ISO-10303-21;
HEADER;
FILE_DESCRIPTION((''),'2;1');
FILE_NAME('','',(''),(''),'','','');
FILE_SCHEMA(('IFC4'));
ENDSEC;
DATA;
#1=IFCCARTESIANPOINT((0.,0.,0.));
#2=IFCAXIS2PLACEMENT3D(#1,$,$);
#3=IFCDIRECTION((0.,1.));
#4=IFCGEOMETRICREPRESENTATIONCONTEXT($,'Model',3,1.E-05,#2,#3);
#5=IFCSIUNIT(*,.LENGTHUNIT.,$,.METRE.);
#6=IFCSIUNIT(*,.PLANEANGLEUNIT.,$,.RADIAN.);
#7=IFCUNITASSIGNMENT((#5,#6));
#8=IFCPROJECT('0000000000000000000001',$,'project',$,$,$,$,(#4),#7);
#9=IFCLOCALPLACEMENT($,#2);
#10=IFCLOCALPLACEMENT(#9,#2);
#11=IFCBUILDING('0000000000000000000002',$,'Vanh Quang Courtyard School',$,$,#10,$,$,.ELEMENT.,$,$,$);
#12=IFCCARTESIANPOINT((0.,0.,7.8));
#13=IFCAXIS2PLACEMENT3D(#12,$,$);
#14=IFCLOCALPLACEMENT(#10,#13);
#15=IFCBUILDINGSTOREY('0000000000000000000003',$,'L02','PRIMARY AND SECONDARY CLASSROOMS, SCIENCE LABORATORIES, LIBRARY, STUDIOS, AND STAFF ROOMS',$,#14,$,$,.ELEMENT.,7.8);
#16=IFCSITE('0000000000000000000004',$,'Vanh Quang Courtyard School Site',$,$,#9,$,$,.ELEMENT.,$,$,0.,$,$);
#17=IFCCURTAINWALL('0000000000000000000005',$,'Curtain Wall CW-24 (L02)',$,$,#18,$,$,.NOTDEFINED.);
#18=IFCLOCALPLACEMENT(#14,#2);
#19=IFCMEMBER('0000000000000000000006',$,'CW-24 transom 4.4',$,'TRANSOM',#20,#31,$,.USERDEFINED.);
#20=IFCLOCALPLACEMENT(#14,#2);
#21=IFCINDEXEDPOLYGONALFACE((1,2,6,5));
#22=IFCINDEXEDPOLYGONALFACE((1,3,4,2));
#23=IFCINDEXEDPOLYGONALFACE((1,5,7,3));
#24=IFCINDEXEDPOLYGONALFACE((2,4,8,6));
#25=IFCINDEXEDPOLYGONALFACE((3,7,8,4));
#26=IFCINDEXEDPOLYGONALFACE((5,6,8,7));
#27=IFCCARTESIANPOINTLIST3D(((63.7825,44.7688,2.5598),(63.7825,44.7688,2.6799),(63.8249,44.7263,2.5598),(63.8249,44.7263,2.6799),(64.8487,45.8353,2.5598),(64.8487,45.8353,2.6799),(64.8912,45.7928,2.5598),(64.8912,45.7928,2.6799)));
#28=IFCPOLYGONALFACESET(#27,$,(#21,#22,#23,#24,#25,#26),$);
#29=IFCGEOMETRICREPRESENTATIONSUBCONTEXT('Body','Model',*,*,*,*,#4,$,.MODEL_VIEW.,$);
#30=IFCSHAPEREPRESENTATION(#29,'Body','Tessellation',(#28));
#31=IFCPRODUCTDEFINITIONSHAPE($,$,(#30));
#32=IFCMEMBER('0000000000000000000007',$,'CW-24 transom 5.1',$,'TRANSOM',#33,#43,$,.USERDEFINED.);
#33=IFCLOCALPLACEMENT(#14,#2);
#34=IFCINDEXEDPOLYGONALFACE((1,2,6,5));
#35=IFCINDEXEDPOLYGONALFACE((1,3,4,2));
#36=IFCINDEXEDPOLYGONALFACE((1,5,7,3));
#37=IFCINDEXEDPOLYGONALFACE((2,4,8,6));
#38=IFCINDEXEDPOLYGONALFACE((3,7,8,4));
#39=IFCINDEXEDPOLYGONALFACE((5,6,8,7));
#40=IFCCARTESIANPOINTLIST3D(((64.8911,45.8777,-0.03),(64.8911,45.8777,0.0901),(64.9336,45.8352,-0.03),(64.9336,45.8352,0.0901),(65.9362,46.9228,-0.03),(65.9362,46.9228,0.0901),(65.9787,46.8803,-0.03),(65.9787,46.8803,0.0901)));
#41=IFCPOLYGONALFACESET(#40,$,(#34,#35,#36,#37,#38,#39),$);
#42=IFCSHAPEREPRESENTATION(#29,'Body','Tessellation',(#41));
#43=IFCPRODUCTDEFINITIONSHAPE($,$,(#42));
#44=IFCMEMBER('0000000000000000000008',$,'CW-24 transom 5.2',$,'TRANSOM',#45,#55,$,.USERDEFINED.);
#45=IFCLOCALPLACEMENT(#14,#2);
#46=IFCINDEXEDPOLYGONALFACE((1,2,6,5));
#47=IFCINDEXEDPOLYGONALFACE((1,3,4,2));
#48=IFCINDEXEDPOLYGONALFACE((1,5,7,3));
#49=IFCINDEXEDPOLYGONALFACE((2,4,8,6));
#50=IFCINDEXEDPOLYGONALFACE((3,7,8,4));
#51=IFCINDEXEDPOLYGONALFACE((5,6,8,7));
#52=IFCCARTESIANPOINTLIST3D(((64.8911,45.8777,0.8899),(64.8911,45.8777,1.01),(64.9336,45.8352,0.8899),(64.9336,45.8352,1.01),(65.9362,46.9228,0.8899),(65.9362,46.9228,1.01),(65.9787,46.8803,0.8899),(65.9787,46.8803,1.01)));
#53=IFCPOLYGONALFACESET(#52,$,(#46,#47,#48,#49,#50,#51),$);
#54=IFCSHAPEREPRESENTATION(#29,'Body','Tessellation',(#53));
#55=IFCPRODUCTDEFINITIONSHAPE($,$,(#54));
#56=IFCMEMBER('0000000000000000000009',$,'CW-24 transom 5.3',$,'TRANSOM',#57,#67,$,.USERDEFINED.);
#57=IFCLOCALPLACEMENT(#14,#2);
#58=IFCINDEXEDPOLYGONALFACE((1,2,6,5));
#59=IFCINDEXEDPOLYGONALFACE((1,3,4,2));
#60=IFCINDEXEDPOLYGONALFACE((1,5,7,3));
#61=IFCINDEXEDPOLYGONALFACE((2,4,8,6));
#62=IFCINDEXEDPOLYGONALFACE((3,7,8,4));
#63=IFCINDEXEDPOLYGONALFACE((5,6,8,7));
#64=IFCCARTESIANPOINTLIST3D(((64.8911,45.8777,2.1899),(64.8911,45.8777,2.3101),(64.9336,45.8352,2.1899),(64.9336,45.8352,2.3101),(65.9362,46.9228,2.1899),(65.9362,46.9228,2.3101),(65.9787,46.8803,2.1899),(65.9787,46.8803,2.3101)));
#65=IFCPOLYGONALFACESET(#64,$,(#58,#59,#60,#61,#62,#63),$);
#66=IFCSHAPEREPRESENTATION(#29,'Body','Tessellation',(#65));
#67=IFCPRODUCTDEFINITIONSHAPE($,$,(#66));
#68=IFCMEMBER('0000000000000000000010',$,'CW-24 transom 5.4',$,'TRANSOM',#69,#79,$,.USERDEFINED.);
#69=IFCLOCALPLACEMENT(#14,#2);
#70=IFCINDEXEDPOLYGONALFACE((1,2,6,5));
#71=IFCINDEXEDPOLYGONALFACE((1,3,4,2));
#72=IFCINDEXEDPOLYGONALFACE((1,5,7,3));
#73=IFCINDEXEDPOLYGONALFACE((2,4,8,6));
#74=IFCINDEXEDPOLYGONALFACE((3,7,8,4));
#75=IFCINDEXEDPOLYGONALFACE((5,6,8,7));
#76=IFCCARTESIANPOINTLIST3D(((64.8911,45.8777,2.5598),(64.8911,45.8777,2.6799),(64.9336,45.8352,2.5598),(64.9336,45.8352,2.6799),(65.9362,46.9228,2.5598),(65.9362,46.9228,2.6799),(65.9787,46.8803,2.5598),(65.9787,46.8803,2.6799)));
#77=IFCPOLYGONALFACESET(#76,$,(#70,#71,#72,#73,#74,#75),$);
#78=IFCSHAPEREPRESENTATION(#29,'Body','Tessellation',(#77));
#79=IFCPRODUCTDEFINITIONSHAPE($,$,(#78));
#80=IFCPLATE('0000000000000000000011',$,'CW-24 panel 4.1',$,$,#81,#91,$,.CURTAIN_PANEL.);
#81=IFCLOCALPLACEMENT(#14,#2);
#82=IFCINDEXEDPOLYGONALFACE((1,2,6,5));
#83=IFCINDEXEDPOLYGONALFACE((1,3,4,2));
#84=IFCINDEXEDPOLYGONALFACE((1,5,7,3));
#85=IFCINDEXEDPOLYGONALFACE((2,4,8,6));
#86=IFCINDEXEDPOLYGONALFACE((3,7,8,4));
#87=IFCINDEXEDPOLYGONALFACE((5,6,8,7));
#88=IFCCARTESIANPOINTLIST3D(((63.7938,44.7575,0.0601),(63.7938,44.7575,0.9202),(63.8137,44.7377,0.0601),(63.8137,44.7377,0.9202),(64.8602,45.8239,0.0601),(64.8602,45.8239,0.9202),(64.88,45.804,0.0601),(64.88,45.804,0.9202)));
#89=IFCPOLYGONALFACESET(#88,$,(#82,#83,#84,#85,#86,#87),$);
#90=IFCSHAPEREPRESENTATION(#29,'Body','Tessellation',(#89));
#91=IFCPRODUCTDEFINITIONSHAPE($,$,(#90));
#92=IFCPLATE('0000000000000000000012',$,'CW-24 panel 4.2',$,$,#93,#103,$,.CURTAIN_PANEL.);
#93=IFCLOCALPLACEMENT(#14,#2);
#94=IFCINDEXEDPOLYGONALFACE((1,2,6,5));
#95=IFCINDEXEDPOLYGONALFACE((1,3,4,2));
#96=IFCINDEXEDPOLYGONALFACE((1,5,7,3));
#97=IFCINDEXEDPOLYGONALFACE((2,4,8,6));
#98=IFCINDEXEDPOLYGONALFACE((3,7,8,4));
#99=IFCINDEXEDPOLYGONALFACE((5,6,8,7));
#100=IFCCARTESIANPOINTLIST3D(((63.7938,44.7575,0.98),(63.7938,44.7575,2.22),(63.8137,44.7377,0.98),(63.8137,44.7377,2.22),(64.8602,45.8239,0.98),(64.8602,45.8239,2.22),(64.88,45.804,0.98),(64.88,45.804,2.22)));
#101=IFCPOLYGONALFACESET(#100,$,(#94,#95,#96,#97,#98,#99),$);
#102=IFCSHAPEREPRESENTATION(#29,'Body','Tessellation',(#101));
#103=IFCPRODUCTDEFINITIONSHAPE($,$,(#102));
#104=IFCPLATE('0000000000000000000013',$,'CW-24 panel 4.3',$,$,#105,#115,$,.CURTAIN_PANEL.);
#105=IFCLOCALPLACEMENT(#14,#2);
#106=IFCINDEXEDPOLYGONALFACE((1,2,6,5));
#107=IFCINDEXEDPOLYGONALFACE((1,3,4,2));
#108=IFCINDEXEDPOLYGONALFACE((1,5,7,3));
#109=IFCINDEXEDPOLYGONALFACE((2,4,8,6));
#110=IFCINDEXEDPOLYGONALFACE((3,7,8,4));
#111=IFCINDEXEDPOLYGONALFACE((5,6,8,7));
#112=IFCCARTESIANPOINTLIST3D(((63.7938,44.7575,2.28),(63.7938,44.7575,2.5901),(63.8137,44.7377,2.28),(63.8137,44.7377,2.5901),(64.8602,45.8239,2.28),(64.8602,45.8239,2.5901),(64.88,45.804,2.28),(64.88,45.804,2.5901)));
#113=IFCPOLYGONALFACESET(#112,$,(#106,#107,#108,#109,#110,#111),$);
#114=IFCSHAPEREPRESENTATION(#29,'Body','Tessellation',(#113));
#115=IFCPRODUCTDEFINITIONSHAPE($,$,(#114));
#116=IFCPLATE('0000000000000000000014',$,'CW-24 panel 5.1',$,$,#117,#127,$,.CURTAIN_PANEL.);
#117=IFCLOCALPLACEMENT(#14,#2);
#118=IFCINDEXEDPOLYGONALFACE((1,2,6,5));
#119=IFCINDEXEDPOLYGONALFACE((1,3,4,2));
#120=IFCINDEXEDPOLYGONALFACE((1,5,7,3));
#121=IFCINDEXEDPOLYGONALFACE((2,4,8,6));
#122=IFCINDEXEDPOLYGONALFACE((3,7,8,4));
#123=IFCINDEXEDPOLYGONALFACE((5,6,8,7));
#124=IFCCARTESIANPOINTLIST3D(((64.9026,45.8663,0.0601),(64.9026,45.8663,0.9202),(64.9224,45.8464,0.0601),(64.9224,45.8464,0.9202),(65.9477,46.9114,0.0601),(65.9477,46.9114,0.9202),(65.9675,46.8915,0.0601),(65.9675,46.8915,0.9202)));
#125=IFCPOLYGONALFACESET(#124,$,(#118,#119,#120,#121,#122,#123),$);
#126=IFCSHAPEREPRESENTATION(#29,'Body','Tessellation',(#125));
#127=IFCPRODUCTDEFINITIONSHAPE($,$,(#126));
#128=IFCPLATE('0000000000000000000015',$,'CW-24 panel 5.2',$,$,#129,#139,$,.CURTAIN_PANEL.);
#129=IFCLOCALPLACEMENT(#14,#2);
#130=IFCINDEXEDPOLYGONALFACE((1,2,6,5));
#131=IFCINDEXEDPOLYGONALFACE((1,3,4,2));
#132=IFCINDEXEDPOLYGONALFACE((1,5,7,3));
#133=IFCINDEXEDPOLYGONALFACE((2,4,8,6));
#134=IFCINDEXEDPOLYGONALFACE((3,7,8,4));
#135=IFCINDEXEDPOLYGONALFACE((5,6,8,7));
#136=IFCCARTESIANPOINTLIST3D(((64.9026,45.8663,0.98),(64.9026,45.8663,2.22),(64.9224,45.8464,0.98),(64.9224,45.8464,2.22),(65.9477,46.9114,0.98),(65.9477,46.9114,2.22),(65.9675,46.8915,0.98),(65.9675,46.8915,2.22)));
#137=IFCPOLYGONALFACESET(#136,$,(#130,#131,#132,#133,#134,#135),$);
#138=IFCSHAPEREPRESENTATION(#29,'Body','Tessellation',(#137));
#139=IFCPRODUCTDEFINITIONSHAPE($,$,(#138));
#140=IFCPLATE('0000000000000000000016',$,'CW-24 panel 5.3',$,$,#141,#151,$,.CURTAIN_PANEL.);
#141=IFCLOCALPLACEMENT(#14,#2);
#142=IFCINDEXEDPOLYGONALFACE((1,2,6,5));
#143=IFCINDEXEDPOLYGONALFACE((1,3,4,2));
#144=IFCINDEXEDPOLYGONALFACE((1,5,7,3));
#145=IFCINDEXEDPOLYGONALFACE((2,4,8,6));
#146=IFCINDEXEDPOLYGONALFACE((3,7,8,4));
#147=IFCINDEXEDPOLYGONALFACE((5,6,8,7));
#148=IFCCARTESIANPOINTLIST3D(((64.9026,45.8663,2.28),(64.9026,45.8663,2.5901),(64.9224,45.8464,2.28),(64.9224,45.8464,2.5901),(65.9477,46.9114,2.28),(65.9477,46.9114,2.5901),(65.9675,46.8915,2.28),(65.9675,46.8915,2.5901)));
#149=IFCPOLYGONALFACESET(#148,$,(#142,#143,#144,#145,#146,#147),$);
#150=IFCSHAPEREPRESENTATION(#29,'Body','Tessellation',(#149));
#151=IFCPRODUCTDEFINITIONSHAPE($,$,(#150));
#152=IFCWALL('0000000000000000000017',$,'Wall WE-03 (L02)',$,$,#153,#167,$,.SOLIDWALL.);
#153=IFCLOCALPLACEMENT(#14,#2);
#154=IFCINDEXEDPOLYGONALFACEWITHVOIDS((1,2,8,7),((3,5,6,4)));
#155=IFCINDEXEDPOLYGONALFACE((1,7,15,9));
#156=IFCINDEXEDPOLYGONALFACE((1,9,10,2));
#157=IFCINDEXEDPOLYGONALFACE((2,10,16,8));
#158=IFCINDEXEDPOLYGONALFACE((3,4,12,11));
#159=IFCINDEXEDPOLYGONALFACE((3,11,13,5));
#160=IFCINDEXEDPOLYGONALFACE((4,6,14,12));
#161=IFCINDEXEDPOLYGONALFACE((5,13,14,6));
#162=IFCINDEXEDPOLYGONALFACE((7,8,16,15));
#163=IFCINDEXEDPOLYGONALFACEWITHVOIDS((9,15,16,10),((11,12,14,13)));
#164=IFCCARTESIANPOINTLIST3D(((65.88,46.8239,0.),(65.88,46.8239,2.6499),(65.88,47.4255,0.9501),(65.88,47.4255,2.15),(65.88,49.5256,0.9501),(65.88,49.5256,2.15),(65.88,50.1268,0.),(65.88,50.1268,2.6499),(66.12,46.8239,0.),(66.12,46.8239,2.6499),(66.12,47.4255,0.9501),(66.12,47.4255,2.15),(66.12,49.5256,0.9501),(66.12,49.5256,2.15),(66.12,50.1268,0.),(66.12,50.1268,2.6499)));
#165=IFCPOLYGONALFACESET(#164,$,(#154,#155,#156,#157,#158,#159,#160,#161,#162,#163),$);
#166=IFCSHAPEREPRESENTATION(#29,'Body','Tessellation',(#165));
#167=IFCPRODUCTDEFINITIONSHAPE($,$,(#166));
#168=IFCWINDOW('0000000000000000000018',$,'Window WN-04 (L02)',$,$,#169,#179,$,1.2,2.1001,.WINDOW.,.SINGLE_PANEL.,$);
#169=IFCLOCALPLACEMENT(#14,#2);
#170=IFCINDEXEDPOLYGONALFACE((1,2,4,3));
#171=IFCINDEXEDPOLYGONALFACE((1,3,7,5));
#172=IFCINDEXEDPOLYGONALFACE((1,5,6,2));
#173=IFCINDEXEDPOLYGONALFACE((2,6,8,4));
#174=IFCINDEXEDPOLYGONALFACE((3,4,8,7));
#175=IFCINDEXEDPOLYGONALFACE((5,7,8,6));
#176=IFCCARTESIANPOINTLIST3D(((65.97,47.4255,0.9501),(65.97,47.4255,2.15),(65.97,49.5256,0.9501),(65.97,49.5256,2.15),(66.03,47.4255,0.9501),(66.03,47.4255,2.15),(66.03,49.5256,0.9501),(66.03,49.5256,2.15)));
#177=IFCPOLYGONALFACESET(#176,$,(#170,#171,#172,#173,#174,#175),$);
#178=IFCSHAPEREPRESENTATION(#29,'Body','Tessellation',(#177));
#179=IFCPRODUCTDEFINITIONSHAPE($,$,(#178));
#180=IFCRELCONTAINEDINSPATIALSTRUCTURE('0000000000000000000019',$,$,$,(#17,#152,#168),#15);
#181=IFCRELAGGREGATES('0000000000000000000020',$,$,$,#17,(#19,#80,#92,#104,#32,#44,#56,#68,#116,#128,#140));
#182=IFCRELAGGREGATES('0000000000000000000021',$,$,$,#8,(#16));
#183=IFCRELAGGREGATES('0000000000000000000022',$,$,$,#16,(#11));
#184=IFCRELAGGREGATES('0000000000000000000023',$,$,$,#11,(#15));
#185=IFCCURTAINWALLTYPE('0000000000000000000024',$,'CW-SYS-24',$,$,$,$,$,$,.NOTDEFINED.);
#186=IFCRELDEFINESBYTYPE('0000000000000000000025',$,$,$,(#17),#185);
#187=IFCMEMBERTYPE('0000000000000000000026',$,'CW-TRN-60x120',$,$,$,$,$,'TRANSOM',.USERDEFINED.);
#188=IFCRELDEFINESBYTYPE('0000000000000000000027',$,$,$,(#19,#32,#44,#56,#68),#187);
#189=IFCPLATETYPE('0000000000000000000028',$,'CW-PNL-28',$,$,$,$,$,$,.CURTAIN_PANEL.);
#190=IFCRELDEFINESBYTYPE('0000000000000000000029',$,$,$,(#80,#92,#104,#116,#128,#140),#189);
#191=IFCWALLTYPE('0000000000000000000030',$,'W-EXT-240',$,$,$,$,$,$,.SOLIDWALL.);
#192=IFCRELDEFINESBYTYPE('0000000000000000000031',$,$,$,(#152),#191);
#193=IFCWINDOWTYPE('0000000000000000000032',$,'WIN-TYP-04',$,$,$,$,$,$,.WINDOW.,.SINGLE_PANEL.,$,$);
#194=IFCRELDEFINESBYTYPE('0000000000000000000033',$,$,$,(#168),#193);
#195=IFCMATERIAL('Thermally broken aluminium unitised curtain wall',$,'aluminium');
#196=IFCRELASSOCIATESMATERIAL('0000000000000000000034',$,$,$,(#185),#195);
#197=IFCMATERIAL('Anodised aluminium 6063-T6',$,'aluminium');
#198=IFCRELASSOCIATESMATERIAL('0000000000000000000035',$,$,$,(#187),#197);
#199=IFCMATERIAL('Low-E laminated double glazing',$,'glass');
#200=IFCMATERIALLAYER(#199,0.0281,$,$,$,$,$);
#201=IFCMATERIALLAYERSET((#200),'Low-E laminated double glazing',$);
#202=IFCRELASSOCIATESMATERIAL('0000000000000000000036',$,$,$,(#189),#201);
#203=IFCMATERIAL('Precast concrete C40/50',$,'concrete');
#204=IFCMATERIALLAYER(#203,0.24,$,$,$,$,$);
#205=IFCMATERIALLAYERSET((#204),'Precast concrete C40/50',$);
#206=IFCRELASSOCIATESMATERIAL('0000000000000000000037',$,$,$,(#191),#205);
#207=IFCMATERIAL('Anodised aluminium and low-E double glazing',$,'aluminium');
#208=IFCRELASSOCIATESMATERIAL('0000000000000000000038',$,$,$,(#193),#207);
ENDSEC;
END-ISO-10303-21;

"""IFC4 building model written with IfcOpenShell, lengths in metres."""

from ifc_helpers import new_model, si_unit, direction, frame, frame_2d, origin, origin_2d, place, context, subcontext, project, spatial, rectangle, extrude, material, layer, layer_set, material_profile, profile_set, type_object, element, fill, aggregate, save


model = new_model("IFC4")

# Units and contexts
model_context = context("Model", 3, precision=1e-05, world=origin(), true_north=direction((0.0, 1.0)))
body_context = subcontext(model_context, "Body", "Model", "MODEL_VIEW")
ifc_project = project(units=[si_unit("LENGTHUNIT", "METRE"), si_unit("PLANEANGLEUNIT", "RADIAN")], contexts=[model_context])

# Site, building, storey
site_placement = place(None, origin())
site = spatial("IfcSite", under=ifc_project, at=site_placement, Name="Vanh Quang Courtyard School Site", CompositionType="ELEMENT", RefElevation=0.0)
building_placement = place(site_placement, origin())
building = spatial("IfcBuilding", under=site, at=building_placement, Name="Vanh Quang Courtyard School", CompositionType="ELEMENT")
storey_placement = place(building_placement, frame((0.0, 0.0, 7.8)))
storey = spatial("IfcBuildingStorey", under=building, at=storey_placement, Name="L02", Description="PRIMARY AND SECONDARY CLASSROOMS, SCIENCE LABORATORIES, LIBRARY, STUDIOS, AND STAFF ROOMS", CompositionType="ELEMENT", Elevation=7.8)

# Curtain wall, members, plates
ifc_material_1 = material(Name="Thermally broken aluminium unitised curtain wall", Category="aluminium")
curtain_wall_type = type_object("IfcCurtainWallType", Name="CW-SYS-24", PredefinedType="NOTDEFINED", material=ifc_material_1)
curtain_wall_placement = place(storey_placement, origin())
curtain_wall = element("IfcCurtainWall", 1, at=curtain_wall_placement, inside=storey, type_object=curtain_wall_type, Name="Curtain Wall CW-24 (L02)", PredefinedType="NOTDEFINED")
ifc_material_2 = material(Name="Anodised aluminium 6063-T6", Category="aluminium")
ifc_material_profile_1 = material_profile(ifc_material_2, rectangle(XDim=0.0601, YDim=0.1201, at=origin_2d()), Name="ALU-TRN 60x120")
ifc_profile_set_1 = profile_set([ifc_material_profile_1], Name="Anodised aluminium 6063-T6")
member_type_1 = type_object("IfcMemberType", Name="CW-TRN-60x120", ElementType="TRANSOM", PredefinedType="USERDEFINED", material=ifc_profile_set_1)
member_1_placement = place(storey_placement, frame((63.8037, 44.7476, 2.6199), z_axis=(0.707026, 0.707188, 0.0), x_axis=(-0.707188, 0.707026, 0.0)))
member_1 = element("IfcMember", 2, at=member_1_placement, type_object=member_type_1, Name="CW-24 transom 4.4", ObjectType="TRANSOM", PredefinedType="USERDEFINED", context=body_context, shape_type="SweptSolid", body=[
    extrude(rectangle(XDim=0.0601, YDim=0.1201, at=origin_2d()), origin(), (0.0, 0.0, 1.0), 1.5081),
])
member_2_placement = place(storey_placement, frame((64.9124, 45.8564, 0.03), z_axis=(0.707107, 0.707107, 0.0), x_axis=(-0.707107, 0.707107, 0.0)))
member_2 = element("IfcMember", 3, at=member_2_placement, type_object=member_type_1, Name="CW-24 transom 5.1", ObjectType="TRANSOM", PredefinedType="USERDEFINED", context=body_context, shape_type="SweptSolid", body=[
    extrude(rectangle(XDim=0.0601, YDim=0.1201, at=origin_2d()), origin(), (0.0, 0.0, 1.0), 1.478),
])
member_3_placement = place(storey_placement, frame((64.9124, 45.8564, 0.95), z_axis=(0.707107, 0.707107, 0.0), x_axis=(-0.707107, 0.707107, 0.0)))
member_3 = element("IfcMember", 4, at=member_3_placement, type_object=member_type_1, Name="CW-24 transom 5.2", ObjectType="TRANSOM", PredefinedType="USERDEFINED", context=body_context, shape_type="SweptSolid", body=[
    extrude(rectangle(XDim=0.0601, YDim=0.1201, at=origin_2d()), origin(), (0.0, 0.0, 1.0), 1.478),
])
member_4_placement = place(storey_placement, frame((64.9124, 45.8564, 2.25), z_axis=(0.707107, 0.707107, 0.0), x_axis=(-0.707107, 0.707107, 0.0)))
member_4 = element("IfcMember", 5, at=member_4_placement, type_object=member_type_1, Name="CW-24 transom 5.3", ObjectType="TRANSOM", PredefinedType="USERDEFINED", context=body_context, shape_type="SweptSolid", body=[
    extrude(rectangle(XDim=0.0601, YDim=0.1201, at=origin_2d()), origin(), (0.0, 0.0, 1.0), 1.478),
])
member_5_placement = place(storey_placement, frame((64.9124, 45.8564, 2.6199), z_axis=(0.707107, 0.707107, 0.0), x_axis=(-0.707107, 0.707107, 0.0)))
member_5 = element("IfcMember", 6, at=member_5_placement, type_object=member_type_1, Name="CW-24 transom 5.4", ObjectType="TRANSOM", PredefinedType="USERDEFINED", context=body_context, shape_type="SweptSolid", body=[
    extrude(rectangle(XDim=0.0601, YDim=0.1201, at=origin_2d()), origin(), (0.0, 0.0, 1.0), 1.478),
])
ifc_material_3 = material(Name="Low-E laminated double glazing", Category="glass")
ifc_layer_1 = layer(ifc_material_3, 0.0281)
ifc_layer_set_1 = layer_set([ifc_layer_1], Name="Low-E laminated double glazing")
plate_type = type_object("IfcPlateType", Name="CW-PNL-28", PredefinedType="CURTAIN_PANEL", material=ifc_layer_set_1)
plate_1_placement = place(storey_placement, frame((64.3369, 45.2808, 0.0601), z_axis=(0.0, 0.0, 1.0), x_axis=(0.707107, 0.707107, 0.0)))
plate_1 = element("IfcPlate", 7, at=plate_1_placement, type_object=plate_type, Name="CW-24 panel 4.1", PredefinedType="CURTAIN_PANEL", context=body_context, shape_type="SweptSolid", body=[
    extrude(rectangle(XDim=1.5081, YDim=0.0281, at=origin_2d()), origin(), (0.0, 0.0, 1.0), 0.8601),
])
plate_2_placement = place(storey_placement, frame((64.3369, 45.2808, 0.98), z_axis=(0.0, 0.0, 1.0), x_axis=(0.707107, 0.707107, 0.0)))
plate_2 = element("IfcPlate", 8, at=plate_2_placement, type_object=plate_type, Name="CW-24 panel 4.2", PredefinedType="CURTAIN_PANEL", context=body_context, shape_type="SweptSolid", body=[
    extrude(rectangle(XDim=1.5081, YDim=0.0281, at=origin_2d()), origin(), (0.0, 0.0, 1.0), 1.24),
])
plate_3_placement = place(storey_placement, frame((64.3369, 45.2808, 2.28), z_axis=(0.0, 0.0, 1.0), x_axis=(0.707107, 0.707107, 0.0)))
plate_3 = element("IfcPlate", 9, at=plate_3_placement, type_object=plate_type, Name="CW-24 panel 4.3", PredefinedType="CURTAIN_PANEL", context=body_context, shape_type="SweptSolid", body=[
    extrude(rectangle(XDim=1.5081, YDim=0.0281, at=origin_2d()), origin(), (0.0, 0.0, 1.0), 0.3101),
])
plate_4_placement = place(storey_placement, frame((65.4351, 46.3789, 0.0601), z_axis=(0.0, 0.0, 1.0), x_axis=(0.707107, 0.707107, 0.0)))
plate_4 = element("IfcPlate", 10, at=plate_4_placement, type_object=plate_type, Name="CW-24 panel 5.1", PredefinedType="CURTAIN_PANEL", context=body_context, shape_type="SweptSolid", body=[
    extrude(rectangle(XDim=1.478, YDim=0.0281, at=origin_2d()), origin(), (0.0, 0.0, 1.0), 0.8601),
])
plate_5_placement = place(storey_placement, frame((65.4351, 46.3789, 0.98), z_axis=(0.0, 0.0, 1.0), x_axis=(0.707107, 0.707107, 0.0)))
plate_5 = element("IfcPlate", 11, at=plate_5_placement, type_object=plate_type, Name="CW-24 panel 5.2", PredefinedType="CURTAIN_PANEL", context=body_context, shape_type="SweptSolid", body=[
    extrude(rectangle(XDim=1.478, YDim=0.0281, at=origin_2d()), origin(), (0.0, 0.0, 1.0), 1.24),
])
plate_6_placement = place(storey_placement, frame((65.4351, 46.3789, 2.28), z_axis=(0.0, 0.0, 1.0), x_axis=(0.707107, 0.707107, 0.0)))
plate_6 = element("IfcPlate", 12, at=plate_6_placement, type_object=plate_type, Name="CW-24 panel 5.3", PredefinedType="CURTAIN_PANEL", context=body_context, shape_type="SweptSolid", body=[
    extrude(rectangle(XDim=1.478, YDim=0.0281, at=origin_2d()), origin(), (0.0, 0.0, 1.0), 0.3101),
])
aggregate(curtain_wall, [member_1, plate_1, plate_2, plate_3, member_2, member_3, member_4, member_5, plate_4, plate_5, plate_6])

# Wall, opening, window
ifc_material_4 = material(Name="Precast concrete C40/50", Category="concrete")
ifc_layer_2 = layer(ifc_material_4, 0.24)
ifc_layer_set_2 = layer_set([ifc_layer_2], Name="Precast concrete C40/50")
wall_type = type_object("IfcWallType", Name="W-EXT-240", PredefinedType="SOLIDWALL", material=ifc_layer_set_2)
wall_placement = place(storey_placement, frame((66.0, 46.824, 0.0), z_axis=(0.0, 0.0, 1.0), x_axis=(0.0, 1.0, 0.0)))
wall = element("IfcWall", 13, at=wall_placement, inside=storey, type_object=wall_type, Name="Wall WE-03 (L02)", PredefinedType="SOLIDWALL", context=body_context, shape_type="SweptSolid", body=[
    extrude(rectangle(XDim=3.303, YDim=0.24, at=frame_2d((1.6514, 0.0))), origin(), (0.0, 0.0, 1.0), 2.6499),
])
opening_placement = place(wall_placement, frame((0.6016, 0.0, 0.95)))
opening = element("IfcOpeningElement", 14, at=opening_placement, cuts=wall, PredefinedType="OPENING", context=body_context, shape_type="SweptSolid", body=[
    extrude(rectangle(XDim=2.1001, YDim=1.2, at=frame_2d((1.05, 0.6001))), frame((0.0, 0.1299, 0.0), z_axis=(0.0, -1.0, 0.0), x_axis=(1.0, 0.0, 0.0)), (0.0, 0.0, 1.0), 0.26),
])
ifc_material_5 = material(Name="Anodised aluminium and low-E double glazing", Category="aluminium")
window_type = type_object("IfcWindowType", Name="WIN-TYP-04", PartitioningType="SINGLE_PANEL", PredefinedType="WINDOW", material=ifc_material_5)
window_placement = place(opening_placement, origin())
window = element("IfcWindow", 15, at=window_placement, inside=storey, type_object=window_type, Name="Window WN-04 (L02)", OverallHeight=1.2, OverallWidth=2.1001, PartitioningType="SINGLE_PANEL", PredefinedType="WINDOW", context=body_context, shape_type="SweptSolid", body=[
    extrude(rectangle(XDim=2.1001, YDim=1.2, at=frame_2d((1.05, 0.6001))), frame((0.0, 0.03, 0.0), z_axis=(0.0, -1.0, 0.0), x_axis=(1.0, 0.0, 0.0)), (0.0, 0.0, 1.0), 0.0601),
])
fill(opening, window)

save(model, "model.ifc")
